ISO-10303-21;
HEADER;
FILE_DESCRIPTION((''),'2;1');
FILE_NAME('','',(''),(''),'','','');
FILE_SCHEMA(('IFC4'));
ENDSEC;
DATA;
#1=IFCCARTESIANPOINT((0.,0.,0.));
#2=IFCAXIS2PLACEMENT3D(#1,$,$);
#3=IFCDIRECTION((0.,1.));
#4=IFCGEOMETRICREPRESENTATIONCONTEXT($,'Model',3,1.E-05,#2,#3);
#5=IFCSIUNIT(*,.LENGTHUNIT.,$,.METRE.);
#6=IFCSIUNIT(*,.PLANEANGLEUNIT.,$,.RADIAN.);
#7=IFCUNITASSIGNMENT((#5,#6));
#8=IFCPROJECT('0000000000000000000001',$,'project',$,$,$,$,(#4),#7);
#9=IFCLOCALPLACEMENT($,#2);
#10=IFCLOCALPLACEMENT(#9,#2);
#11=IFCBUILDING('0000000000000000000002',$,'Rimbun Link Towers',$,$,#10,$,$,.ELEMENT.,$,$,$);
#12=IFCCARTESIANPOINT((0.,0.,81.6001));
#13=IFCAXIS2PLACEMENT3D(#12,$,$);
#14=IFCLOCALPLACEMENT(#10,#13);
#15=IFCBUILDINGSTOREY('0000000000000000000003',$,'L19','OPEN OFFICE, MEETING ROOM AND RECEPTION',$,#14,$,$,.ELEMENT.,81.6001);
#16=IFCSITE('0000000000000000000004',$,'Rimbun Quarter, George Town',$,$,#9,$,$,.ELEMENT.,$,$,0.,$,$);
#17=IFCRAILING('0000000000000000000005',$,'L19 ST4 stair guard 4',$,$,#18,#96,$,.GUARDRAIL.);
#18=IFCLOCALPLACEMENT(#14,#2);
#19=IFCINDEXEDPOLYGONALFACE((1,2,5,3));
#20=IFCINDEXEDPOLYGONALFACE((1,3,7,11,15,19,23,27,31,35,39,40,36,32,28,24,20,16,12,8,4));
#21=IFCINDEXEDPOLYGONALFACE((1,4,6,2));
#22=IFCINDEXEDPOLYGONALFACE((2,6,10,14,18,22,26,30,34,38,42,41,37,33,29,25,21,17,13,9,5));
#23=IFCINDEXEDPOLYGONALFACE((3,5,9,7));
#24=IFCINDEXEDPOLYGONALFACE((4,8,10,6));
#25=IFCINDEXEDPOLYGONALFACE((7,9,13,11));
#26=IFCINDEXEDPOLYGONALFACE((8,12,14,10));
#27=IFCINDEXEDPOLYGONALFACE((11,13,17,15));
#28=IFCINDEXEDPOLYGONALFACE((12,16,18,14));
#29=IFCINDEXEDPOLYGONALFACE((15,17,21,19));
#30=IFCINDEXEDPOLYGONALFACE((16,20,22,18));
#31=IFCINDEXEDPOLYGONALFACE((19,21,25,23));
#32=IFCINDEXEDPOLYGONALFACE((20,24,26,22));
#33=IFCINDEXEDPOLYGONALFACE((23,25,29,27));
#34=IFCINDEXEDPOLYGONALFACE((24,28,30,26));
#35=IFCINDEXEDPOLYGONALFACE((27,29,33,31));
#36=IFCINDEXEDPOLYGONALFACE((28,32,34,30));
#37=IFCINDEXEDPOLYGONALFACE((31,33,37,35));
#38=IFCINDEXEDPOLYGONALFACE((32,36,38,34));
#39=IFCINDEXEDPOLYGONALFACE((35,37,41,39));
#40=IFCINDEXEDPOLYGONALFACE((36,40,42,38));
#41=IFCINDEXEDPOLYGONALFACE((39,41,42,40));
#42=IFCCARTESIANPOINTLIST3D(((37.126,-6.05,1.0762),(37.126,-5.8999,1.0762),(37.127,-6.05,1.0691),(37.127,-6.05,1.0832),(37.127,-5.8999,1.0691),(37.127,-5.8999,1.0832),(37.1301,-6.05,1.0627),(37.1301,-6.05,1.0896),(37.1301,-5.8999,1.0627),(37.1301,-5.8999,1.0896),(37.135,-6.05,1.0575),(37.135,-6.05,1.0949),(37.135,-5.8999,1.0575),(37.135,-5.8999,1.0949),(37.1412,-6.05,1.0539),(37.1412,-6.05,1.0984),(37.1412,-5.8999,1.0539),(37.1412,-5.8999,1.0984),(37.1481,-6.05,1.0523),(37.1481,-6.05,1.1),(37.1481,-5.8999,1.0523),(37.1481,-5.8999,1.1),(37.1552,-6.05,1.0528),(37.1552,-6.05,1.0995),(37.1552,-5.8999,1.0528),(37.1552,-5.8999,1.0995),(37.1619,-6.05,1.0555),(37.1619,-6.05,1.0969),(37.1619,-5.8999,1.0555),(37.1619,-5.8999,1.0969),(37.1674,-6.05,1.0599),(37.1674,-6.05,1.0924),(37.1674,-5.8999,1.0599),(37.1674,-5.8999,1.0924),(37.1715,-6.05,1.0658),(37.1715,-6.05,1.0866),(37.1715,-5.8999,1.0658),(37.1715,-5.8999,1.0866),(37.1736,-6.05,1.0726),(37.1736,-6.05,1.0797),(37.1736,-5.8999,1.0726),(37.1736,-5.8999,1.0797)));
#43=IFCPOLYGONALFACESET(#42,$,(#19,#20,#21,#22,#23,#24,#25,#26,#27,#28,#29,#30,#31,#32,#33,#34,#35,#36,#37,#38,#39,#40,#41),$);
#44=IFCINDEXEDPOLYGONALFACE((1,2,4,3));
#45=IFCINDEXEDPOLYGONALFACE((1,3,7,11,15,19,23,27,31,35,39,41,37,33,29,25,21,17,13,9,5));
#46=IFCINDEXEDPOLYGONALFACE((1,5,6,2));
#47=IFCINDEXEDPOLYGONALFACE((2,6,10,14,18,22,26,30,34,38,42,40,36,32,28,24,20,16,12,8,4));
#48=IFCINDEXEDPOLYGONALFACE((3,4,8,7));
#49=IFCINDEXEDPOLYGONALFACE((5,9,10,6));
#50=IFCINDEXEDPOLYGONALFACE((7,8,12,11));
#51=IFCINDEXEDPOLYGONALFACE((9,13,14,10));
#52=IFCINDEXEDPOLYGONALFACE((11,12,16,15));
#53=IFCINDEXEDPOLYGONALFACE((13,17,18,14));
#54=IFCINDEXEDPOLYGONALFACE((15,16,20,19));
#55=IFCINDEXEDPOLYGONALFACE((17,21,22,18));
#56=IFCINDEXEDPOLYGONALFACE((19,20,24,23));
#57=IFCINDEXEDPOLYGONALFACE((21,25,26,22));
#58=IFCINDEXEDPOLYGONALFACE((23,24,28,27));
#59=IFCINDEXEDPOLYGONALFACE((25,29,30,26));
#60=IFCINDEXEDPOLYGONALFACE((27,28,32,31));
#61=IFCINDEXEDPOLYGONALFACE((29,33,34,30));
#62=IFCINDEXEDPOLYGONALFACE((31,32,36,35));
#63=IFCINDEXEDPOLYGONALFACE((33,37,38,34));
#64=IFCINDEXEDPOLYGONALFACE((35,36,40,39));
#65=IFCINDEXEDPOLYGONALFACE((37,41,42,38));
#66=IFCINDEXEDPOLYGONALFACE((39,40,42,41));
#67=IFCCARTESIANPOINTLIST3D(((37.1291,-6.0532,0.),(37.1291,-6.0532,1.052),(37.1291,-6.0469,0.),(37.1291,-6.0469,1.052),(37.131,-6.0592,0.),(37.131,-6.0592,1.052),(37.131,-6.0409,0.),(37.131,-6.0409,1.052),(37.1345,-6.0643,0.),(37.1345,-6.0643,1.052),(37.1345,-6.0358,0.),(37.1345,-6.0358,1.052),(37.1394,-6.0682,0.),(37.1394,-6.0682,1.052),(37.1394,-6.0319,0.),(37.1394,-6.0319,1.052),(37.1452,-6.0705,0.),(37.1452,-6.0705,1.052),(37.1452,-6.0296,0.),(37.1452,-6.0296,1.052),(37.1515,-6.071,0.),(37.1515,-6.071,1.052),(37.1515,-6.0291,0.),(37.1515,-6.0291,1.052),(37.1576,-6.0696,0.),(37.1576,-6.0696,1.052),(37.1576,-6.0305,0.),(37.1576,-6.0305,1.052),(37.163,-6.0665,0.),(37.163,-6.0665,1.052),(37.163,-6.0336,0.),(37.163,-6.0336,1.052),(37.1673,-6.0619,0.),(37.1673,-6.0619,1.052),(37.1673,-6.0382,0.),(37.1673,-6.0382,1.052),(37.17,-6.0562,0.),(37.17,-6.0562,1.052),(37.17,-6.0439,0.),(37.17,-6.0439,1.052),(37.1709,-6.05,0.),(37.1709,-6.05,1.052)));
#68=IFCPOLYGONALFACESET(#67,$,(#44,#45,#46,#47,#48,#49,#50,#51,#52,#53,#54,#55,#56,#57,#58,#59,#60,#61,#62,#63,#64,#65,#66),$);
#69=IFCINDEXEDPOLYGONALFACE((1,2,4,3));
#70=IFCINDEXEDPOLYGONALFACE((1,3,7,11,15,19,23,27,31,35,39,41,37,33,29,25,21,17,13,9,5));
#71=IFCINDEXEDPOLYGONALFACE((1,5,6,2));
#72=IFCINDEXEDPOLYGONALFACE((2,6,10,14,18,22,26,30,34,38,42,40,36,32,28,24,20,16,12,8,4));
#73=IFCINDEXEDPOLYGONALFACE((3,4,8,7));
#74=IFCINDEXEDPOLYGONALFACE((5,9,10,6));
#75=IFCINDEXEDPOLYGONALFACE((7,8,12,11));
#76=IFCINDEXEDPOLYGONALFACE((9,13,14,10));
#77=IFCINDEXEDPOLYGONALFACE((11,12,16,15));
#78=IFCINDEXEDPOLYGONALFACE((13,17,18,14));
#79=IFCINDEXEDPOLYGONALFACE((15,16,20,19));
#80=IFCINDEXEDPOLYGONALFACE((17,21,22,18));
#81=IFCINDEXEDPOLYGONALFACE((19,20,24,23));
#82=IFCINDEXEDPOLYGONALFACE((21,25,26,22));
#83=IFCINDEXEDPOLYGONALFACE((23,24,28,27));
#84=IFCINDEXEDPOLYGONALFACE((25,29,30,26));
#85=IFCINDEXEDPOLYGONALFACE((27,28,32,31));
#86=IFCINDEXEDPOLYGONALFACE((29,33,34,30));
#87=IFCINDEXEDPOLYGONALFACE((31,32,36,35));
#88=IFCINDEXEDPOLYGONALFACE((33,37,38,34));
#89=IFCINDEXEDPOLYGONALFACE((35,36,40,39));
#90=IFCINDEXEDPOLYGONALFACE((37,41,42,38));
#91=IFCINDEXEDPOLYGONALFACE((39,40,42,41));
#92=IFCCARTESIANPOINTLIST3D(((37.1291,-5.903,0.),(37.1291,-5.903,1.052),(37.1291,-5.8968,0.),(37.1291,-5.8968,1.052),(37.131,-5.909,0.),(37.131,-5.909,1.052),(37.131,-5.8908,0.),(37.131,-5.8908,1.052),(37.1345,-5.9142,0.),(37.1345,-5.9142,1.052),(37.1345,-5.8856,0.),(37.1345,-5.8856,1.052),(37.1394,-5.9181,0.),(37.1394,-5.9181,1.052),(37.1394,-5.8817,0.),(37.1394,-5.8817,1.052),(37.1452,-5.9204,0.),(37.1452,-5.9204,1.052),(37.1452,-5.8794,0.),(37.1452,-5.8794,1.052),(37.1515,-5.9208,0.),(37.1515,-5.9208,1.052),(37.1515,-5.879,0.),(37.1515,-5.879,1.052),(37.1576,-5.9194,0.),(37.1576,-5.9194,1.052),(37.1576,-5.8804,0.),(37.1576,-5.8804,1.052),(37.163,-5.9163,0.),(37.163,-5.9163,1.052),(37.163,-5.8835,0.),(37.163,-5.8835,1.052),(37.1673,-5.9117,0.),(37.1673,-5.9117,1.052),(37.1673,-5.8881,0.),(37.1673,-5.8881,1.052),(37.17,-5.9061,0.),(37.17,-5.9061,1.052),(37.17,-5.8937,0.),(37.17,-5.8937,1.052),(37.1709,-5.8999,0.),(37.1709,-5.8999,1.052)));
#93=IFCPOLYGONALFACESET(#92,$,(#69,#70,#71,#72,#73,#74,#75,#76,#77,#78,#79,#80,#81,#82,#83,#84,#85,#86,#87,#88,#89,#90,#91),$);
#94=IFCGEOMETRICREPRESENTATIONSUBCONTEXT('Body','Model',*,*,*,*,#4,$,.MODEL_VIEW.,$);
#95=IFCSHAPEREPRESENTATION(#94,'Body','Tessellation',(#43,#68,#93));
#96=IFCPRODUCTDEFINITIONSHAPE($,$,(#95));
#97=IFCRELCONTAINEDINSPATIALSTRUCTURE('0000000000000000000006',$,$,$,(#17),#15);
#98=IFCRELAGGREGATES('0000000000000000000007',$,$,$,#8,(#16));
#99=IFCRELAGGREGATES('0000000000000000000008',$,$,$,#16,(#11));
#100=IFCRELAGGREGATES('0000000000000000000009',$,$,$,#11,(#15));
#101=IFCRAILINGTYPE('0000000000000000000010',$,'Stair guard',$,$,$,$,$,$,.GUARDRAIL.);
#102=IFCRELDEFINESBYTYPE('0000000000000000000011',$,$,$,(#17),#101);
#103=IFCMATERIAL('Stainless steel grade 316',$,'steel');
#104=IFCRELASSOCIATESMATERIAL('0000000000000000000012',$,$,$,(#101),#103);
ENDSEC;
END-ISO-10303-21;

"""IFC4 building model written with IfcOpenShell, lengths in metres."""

from ifc_helpers import new_model, si_unit, direction, frame, origin, origin_2d, place, context, subcontext, project, spatial, circle, extrude, material, type_object, element, save


model = new_model("IFC4")

# Units and contexts
model_context = context("Model", 3, precision=1e-05, world=origin(), true_north=direction((0.0, 1.0)))
body_context = subcontext(model_context, "Body", "Model", "MODEL_VIEW")
ifc_project = project(units=[si_unit("LENGTHUNIT", "METRE"), si_unit("PLANEANGLEUNIT", "RADIAN")], contexts=[model_context])

# Site, building, storey
site_placement = place(None, origin())
site = spatial("IfcSite", under=ifc_project, at=site_placement, Name="Rimbun Quarter, George Town", CompositionType="ELEMENT", RefElevation=0.0)
building_placement = place(site_placement, origin())
building = spatial("IfcBuilding", under=site, at=building_placement, Name="Rimbun Link Towers", CompositionType="ELEMENT")
storey_placement = place(building_placement, frame((0.0, 0.0, 81.6001)))
storey = spatial("IfcBuildingStorey", under=building, at=storey_placement, Name="L19", Description="OPEN OFFICE, MEETING ROOM AND RECEPTION", CompositionType="ELEMENT", Elevation=81.6001)

# Railing
ifc_material_1 = material(Name="Stainless steel grade 316", Category="steel")
railing_type_1 = type_object("IfcRailingType", Name="Stair guard", PredefinedType="GUARDRAIL", material=ifc_material_1)
railing_1_placement = place(storey_placement, frame((37.1499, -6.05, 0.0)))
element("IfcRailing", 1, at=railing_1_placement, inside=storey, type_object=railing_type_1, Name="L19 ST4 stair guard 4", PredefinedType="GUARDRAIL", context=body_context, shape_type="SweptSolid", body=[
    extrude(circle(Radius=0.0239, at=origin_2d()), frame((0.0, 0.0, 1.0762), z_axis=(0.0, 1.0, 0.0), x_axis=(-1.0, 0.0, 0.0)), (0.0, 0.0, 1.0), 0.1501),
    extrude(circle(Radius=0.021, at=origin_2d()), origin(), (0.0, 0.0, 1.0), 1.052),
    extrude(circle(Radius=0.021, at=origin_2d()), frame((0.0, 0.1501, 0.0)), (0.0, 0.0, 1.0), 1.052),
])

save(model, "model.ifc")
